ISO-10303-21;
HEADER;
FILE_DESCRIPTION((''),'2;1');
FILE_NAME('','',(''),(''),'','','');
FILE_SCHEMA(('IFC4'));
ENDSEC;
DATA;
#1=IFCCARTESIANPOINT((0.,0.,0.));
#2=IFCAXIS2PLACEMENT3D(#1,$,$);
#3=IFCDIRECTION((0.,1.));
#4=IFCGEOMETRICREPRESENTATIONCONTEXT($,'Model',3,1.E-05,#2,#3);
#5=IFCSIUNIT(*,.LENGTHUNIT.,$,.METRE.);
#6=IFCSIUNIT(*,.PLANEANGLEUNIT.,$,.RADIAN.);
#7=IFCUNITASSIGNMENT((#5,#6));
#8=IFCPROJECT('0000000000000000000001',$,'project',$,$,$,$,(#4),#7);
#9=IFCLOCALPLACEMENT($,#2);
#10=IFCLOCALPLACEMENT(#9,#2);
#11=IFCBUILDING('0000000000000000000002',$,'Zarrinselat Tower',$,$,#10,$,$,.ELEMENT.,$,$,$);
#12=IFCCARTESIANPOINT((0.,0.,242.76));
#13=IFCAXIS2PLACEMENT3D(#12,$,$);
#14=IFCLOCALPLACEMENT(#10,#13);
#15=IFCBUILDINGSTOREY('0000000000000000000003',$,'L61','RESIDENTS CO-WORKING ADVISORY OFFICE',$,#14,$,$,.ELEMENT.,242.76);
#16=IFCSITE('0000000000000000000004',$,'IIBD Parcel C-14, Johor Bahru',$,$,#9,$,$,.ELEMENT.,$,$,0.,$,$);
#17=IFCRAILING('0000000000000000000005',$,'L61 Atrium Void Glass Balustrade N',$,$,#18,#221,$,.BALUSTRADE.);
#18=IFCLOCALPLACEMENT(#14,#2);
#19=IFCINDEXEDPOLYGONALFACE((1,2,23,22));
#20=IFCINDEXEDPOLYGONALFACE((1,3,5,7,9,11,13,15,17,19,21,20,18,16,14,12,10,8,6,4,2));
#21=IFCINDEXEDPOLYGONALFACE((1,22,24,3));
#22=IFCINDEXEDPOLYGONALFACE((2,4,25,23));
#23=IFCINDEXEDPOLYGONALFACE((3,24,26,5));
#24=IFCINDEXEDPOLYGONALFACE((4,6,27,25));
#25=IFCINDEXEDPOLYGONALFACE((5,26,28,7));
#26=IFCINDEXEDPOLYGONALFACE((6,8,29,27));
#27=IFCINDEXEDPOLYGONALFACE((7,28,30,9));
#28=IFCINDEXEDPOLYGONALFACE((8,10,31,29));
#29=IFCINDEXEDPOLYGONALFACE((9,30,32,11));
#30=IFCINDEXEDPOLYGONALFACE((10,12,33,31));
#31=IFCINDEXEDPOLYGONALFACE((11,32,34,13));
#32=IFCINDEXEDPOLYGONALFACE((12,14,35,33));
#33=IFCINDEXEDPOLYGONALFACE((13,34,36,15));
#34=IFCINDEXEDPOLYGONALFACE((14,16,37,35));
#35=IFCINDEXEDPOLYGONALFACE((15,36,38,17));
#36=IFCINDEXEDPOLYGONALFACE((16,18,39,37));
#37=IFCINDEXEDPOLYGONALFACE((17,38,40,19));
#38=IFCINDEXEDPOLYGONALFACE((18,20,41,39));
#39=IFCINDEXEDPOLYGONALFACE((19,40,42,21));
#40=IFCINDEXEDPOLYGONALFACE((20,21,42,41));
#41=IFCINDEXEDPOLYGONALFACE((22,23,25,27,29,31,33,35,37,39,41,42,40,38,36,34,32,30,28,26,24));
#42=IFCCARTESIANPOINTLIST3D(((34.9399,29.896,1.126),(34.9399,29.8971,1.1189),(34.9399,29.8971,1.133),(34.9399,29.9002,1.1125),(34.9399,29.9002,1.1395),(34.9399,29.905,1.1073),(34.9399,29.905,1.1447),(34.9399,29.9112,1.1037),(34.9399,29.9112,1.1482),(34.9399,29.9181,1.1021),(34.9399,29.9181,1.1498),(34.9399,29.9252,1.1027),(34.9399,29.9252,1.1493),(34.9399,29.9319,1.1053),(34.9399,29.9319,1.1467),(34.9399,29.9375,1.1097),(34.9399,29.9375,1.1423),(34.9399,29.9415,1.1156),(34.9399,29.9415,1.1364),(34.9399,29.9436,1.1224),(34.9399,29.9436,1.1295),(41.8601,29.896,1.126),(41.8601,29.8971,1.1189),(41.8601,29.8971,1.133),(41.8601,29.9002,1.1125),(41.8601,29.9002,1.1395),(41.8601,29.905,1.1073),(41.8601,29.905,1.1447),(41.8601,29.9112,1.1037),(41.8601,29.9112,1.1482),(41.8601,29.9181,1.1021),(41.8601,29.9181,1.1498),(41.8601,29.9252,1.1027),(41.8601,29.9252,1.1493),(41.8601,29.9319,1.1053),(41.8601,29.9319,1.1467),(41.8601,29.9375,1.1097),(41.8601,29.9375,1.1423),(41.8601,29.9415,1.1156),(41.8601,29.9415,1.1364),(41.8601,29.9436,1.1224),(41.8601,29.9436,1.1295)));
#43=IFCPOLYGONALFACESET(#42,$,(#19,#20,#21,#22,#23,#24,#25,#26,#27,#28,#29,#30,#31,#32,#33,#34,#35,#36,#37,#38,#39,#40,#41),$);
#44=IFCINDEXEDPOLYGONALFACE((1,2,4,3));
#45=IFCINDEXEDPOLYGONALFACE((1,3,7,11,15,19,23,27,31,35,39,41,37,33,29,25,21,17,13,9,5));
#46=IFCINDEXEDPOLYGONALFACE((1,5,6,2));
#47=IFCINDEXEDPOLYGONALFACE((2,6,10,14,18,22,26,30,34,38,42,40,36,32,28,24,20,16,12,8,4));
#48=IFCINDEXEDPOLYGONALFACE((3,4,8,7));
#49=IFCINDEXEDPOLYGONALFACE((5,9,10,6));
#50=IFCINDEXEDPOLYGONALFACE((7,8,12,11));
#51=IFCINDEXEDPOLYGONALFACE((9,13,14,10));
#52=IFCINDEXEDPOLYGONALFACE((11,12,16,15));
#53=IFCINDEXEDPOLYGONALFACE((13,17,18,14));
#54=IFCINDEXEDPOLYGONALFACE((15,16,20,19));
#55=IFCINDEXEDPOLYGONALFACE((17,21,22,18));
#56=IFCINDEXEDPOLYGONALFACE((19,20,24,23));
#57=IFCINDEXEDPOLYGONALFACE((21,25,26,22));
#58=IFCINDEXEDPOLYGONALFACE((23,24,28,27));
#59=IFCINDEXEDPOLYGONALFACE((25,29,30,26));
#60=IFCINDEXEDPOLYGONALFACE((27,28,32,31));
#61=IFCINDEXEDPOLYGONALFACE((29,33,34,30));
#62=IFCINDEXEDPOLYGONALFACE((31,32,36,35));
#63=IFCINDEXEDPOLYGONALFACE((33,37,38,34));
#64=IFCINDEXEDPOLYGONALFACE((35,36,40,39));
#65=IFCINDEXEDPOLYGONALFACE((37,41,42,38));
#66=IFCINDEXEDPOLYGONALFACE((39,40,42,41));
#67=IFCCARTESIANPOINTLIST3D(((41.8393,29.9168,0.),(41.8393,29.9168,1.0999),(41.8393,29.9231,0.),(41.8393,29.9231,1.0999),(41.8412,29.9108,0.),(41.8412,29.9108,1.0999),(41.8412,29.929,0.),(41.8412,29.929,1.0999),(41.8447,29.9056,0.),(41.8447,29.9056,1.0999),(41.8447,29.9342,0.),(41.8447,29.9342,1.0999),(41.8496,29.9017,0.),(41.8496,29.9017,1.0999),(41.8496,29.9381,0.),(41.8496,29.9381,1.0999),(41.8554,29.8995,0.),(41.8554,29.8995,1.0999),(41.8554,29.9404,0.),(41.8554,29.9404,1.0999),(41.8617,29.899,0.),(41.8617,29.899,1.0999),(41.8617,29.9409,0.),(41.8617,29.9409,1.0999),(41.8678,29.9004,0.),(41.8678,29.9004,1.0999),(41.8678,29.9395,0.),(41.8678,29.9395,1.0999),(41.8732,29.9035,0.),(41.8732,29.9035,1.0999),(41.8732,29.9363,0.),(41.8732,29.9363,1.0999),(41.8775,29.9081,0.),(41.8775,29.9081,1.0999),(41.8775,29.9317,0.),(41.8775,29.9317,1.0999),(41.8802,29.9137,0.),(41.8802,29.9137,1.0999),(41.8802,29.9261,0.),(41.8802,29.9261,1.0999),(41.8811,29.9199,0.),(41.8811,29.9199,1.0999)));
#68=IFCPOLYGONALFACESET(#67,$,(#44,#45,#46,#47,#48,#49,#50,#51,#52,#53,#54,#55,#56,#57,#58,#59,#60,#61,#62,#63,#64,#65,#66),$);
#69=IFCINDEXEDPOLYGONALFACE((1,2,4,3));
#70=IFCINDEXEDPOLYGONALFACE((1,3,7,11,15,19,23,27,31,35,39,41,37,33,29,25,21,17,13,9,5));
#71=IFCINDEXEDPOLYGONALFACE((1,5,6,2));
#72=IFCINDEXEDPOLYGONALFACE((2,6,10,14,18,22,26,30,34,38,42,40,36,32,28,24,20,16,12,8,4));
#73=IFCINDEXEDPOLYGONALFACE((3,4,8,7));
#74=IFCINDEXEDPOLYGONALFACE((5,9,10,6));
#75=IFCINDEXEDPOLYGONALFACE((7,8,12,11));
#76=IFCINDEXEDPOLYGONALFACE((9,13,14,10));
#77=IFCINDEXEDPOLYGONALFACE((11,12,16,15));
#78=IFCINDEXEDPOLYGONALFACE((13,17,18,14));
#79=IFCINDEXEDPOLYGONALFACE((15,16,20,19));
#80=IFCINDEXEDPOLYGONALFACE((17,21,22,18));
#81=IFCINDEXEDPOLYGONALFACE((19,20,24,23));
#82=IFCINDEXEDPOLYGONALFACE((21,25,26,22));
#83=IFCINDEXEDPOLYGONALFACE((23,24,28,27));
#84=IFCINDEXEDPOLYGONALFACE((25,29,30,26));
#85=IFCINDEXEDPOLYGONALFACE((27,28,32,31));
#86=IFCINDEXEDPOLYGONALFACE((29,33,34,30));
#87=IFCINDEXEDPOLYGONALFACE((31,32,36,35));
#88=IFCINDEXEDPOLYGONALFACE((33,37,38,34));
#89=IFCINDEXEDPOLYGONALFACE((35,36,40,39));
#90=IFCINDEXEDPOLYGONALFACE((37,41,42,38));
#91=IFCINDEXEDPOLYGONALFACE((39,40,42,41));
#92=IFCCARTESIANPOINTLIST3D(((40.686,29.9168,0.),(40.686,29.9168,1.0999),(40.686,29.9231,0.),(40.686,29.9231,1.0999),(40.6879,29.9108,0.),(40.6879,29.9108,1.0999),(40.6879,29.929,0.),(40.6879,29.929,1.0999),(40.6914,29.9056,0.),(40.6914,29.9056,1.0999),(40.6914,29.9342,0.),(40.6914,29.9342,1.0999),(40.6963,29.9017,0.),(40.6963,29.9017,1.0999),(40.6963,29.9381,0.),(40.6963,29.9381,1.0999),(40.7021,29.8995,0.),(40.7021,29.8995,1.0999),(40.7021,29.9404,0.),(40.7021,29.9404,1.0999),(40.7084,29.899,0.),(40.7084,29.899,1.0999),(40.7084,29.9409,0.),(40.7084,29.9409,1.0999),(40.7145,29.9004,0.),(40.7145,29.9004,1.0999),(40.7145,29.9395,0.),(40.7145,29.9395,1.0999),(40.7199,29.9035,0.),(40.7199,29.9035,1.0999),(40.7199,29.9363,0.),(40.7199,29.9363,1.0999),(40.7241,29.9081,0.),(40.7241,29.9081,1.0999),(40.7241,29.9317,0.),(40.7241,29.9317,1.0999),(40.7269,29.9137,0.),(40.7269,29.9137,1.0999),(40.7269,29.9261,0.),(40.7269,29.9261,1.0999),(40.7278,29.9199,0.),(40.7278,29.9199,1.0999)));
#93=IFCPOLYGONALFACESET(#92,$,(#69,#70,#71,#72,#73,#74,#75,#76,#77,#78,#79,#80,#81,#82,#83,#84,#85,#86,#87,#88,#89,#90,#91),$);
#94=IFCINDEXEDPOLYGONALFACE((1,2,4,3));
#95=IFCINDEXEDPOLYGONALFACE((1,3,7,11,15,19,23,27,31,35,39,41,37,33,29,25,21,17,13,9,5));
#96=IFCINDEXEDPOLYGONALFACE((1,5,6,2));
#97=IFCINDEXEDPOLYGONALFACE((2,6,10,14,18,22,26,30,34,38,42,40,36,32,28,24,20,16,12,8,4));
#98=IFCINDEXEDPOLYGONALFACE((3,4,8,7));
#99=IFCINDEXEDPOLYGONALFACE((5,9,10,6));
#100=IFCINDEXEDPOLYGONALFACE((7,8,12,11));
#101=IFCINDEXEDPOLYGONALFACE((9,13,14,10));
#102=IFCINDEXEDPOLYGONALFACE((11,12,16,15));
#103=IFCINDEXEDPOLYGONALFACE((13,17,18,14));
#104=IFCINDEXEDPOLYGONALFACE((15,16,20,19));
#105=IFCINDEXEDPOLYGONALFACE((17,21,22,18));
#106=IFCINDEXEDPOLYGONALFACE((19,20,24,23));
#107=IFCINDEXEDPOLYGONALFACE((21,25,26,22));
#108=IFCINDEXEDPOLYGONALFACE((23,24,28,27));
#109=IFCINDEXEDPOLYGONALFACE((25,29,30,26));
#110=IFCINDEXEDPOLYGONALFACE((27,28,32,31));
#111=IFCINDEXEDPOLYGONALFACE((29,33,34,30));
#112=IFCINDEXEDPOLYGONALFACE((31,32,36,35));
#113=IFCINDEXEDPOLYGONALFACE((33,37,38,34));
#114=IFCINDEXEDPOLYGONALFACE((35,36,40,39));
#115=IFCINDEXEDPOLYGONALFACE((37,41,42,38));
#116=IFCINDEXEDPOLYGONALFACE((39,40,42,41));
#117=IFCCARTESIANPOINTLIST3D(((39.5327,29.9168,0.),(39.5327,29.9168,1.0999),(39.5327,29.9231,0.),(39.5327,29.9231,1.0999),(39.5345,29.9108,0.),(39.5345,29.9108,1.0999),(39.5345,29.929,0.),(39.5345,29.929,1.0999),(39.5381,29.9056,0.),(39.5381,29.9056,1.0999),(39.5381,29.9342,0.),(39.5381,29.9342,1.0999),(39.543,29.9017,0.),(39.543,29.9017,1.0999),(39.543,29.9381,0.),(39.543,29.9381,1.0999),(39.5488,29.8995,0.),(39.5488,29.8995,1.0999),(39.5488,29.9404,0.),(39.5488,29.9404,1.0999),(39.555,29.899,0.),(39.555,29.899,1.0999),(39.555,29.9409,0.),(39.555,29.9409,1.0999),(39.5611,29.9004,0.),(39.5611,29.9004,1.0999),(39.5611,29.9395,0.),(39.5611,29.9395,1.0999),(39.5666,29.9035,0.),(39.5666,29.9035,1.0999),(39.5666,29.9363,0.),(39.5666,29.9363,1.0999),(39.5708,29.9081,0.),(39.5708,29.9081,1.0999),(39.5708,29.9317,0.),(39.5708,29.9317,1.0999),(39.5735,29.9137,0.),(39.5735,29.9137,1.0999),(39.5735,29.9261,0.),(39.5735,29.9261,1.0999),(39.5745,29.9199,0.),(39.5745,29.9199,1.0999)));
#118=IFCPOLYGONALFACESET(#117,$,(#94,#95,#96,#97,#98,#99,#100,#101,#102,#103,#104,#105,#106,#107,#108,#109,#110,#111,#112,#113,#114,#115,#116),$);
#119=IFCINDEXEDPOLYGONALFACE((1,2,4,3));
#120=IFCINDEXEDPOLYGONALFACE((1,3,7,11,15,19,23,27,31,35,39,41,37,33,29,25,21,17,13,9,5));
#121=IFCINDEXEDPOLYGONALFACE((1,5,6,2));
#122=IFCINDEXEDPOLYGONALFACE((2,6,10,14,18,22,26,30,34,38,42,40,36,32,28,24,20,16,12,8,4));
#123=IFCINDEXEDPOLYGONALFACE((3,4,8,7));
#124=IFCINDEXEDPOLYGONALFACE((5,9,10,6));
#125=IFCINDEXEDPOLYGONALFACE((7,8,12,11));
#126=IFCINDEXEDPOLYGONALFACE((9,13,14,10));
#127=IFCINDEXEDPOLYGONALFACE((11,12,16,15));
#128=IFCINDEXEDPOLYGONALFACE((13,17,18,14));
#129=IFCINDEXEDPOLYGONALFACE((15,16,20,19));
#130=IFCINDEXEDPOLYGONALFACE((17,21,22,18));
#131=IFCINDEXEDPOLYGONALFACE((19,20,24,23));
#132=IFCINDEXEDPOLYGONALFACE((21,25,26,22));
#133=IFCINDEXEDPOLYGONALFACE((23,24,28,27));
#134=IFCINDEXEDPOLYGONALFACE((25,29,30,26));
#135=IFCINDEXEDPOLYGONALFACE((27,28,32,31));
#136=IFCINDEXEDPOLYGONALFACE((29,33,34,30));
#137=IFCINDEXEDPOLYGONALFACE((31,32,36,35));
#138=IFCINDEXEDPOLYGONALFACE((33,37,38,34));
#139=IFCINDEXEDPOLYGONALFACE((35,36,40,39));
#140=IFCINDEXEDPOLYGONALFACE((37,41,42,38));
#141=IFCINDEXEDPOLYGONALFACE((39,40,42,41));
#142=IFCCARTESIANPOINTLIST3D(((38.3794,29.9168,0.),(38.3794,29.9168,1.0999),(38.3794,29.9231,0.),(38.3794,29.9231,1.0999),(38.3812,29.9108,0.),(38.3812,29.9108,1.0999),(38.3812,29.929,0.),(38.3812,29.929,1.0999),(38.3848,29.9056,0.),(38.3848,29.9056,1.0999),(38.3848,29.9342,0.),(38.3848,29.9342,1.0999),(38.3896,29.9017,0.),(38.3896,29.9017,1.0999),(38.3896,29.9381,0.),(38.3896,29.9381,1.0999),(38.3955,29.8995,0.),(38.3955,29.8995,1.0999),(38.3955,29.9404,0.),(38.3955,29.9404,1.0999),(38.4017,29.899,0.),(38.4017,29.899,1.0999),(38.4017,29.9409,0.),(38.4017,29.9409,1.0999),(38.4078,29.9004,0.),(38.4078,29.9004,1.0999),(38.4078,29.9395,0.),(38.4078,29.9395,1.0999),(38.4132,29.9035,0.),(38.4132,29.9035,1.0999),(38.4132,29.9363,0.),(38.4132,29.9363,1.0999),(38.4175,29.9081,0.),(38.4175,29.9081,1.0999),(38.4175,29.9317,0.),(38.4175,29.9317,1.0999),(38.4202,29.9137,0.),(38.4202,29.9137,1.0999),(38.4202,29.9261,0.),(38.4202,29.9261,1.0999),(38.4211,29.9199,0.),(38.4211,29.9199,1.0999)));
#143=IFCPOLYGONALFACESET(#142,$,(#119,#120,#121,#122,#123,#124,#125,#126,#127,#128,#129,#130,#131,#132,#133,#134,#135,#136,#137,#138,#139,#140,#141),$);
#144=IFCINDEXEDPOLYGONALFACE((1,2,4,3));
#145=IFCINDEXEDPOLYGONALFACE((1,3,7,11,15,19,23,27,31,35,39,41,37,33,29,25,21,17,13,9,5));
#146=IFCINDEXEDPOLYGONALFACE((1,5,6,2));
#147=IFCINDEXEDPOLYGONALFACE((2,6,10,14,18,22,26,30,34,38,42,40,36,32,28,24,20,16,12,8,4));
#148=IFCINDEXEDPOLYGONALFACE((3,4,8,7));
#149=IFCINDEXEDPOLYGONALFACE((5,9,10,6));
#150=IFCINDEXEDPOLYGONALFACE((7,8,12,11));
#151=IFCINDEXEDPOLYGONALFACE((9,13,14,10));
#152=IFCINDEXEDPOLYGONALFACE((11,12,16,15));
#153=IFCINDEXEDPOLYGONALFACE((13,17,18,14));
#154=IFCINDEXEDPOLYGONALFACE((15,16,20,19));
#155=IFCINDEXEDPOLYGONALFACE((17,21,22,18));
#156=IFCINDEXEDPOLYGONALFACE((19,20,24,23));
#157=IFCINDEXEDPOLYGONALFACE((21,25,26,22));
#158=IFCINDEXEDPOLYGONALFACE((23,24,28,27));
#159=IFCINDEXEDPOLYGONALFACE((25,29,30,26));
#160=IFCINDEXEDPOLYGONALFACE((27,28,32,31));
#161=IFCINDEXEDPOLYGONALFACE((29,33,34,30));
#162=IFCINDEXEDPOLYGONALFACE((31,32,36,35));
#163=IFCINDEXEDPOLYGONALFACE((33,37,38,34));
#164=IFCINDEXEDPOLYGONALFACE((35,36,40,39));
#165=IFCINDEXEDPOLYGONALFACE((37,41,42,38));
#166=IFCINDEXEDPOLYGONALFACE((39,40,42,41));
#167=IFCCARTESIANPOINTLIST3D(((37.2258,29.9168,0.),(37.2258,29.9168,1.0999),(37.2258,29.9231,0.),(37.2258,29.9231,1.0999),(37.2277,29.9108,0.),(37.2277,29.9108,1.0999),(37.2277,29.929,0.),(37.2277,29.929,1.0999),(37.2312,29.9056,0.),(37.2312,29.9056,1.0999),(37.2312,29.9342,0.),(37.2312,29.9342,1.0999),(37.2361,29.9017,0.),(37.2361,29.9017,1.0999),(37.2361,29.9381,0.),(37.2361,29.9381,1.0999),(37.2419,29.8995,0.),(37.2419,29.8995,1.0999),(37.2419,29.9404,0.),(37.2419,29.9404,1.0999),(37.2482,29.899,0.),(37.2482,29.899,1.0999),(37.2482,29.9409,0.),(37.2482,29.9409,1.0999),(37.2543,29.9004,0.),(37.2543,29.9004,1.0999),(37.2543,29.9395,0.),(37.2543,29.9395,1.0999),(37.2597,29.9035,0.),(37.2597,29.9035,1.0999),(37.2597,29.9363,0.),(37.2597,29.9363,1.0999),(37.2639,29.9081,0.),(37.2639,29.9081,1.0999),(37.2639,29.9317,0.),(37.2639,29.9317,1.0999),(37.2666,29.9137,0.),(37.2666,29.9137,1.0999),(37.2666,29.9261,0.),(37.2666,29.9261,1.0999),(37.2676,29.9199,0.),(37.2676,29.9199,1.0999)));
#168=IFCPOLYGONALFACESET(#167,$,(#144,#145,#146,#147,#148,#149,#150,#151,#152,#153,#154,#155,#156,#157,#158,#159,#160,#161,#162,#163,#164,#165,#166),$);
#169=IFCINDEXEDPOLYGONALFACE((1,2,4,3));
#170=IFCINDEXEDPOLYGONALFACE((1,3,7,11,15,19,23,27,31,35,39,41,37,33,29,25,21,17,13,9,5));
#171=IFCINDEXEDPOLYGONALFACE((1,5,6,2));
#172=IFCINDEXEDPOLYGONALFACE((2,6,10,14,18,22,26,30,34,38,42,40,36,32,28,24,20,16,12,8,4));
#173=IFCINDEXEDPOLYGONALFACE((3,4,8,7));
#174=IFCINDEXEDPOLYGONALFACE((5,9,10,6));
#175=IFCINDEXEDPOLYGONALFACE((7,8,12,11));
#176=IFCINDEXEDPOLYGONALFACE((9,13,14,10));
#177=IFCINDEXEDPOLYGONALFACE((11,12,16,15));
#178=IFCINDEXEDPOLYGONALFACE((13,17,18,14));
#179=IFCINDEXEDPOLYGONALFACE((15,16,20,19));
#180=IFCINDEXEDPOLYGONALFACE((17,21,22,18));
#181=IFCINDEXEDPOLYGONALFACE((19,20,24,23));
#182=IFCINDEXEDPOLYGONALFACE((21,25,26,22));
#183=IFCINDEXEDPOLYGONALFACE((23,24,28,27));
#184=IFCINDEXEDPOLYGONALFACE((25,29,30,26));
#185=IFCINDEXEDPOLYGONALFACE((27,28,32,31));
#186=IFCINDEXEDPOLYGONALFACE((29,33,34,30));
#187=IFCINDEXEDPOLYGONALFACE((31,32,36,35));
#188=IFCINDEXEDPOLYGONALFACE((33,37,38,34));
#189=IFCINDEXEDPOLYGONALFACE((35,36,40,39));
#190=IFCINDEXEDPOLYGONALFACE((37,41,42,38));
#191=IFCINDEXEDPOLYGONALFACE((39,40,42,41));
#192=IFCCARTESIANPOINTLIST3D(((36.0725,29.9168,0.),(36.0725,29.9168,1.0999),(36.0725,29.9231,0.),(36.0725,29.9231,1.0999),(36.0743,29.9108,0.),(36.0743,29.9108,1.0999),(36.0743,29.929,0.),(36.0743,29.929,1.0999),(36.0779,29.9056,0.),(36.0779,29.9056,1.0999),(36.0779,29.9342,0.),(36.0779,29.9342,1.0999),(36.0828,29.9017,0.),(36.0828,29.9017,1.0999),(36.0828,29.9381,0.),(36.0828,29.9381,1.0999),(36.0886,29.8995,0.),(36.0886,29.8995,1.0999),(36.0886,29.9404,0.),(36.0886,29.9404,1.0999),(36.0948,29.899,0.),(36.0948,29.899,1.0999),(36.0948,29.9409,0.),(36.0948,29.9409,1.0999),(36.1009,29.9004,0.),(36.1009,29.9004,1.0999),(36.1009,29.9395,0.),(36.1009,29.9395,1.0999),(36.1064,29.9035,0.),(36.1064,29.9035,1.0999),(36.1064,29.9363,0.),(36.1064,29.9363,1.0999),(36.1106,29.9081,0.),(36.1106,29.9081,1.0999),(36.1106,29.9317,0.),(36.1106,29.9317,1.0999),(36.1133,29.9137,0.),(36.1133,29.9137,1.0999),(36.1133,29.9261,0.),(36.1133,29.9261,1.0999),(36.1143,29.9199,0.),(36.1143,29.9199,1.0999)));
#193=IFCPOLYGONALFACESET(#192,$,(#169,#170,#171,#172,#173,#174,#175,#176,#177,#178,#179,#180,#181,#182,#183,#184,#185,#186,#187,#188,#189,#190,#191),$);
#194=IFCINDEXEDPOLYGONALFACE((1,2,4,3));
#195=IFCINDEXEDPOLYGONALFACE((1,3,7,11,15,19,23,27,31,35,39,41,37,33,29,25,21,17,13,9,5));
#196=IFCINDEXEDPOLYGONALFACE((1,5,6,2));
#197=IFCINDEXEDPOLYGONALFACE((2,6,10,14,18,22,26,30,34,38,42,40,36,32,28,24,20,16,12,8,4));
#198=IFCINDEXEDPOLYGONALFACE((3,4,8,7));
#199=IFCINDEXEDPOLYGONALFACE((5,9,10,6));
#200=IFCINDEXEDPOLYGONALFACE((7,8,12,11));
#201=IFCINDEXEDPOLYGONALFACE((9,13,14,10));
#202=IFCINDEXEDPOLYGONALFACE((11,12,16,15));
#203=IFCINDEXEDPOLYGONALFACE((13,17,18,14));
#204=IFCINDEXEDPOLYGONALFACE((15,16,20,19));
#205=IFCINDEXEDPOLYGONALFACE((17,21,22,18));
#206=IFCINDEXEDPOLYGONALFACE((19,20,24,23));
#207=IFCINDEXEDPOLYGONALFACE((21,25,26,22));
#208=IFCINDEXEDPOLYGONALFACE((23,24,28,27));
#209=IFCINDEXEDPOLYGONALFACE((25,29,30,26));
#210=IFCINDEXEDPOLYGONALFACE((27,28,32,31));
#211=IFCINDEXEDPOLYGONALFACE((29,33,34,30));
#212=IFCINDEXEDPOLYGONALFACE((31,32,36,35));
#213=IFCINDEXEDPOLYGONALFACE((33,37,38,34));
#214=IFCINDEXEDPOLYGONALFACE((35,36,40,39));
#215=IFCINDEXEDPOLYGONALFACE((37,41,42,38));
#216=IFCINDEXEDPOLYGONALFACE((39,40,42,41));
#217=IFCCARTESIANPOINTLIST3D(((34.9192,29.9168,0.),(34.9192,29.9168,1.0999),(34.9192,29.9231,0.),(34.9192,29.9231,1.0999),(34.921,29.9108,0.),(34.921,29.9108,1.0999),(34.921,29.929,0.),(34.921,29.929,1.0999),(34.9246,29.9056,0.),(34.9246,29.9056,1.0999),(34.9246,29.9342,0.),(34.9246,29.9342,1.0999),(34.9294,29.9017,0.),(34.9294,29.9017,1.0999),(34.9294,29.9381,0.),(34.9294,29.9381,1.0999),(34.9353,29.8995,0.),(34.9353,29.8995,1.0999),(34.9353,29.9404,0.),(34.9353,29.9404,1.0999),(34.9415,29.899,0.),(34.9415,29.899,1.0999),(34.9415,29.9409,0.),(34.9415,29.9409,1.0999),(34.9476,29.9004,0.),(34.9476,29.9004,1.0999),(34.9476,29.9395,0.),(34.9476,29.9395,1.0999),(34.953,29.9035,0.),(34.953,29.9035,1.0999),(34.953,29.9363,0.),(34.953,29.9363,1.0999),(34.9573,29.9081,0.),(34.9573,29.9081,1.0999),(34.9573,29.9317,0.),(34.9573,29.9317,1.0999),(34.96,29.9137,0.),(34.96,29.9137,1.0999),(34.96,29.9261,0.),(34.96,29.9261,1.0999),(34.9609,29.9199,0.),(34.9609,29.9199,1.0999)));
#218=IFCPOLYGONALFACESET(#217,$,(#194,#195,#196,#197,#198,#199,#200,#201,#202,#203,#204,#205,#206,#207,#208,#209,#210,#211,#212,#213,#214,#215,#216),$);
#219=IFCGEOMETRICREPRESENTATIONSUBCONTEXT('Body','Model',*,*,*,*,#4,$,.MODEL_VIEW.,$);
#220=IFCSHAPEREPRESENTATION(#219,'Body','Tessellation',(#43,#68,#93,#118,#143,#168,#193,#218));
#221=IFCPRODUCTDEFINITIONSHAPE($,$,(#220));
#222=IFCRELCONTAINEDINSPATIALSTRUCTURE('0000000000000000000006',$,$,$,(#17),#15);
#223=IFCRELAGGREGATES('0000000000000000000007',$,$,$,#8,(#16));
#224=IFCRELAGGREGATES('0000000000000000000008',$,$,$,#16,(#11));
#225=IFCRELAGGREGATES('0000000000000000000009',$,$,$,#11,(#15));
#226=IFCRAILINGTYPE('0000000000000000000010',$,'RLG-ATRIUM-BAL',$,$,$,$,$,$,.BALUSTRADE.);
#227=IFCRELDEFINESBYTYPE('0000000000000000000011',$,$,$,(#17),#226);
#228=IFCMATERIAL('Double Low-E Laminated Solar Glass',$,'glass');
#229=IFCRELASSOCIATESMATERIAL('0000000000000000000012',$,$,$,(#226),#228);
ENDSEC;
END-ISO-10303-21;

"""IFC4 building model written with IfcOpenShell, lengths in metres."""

from ifc_helpers import new_model, si_unit, direction, frame, origin, origin_2d, place, context, subcontext, project, spatial, circle, extrude, material, type_object, element, save


model = new_model("IFC4")

# Units and contexts
model_context = context("Model", 3, precision=1e-05, world=origin(), true_north=direction((0.0, 1.0)))
body_context = subcontext(model_context, "Body", "Model", "MODEL_VIEW")
ifc_project = project(units=[si_unit("LENGTHUNIT", "METRE"), si_unit("PLANEANGLEUNIT", "RADIAN")], contexts=[model_context])

# Site, building, storey
site_placement = place(None, origin())
site = spatial("IfcSite", under=ifc_project, at=site_placement, Name="IIBD Parcel C-14, Johor Bahru", CompositionType="ELEMENT", RefElevation=0.0)
building_placement = place(site_placement, origin())
building = spatial("IfcBuilding", under=site, at=building_placement, Name="Zarrinselat Tower", CompositionType="ELEMENT")
storey_placement = place(building_placement, frame((0.0, 0.0, 242.76)))
storey = spatial("IfcBuildingStorey", under=building, at=storey_placement, Name="L61", Description="RESIDENTS CO-WORKING ADVISORY OFFICE", CompositionType="ELEMENT", Elevation=242.76)

# Railing
ifc_material_1 = material(Name="Double Low-E Laminated Solar Glass", Category="glass")
railing_type = type_object("IfcRailingType", Name="RLG-ATRIUM-BAL", PredefinedType="BALUSTRADE", material=ifc_material_1)
railing_1_placement = place(storey_placement, frame((41.8601, 29.9199, 0.0)))
element("IfcRailing", 1, at=railing_1_placement, inside=storey, type_object=railing_type, Name="L61 Atrium Void Glass Balustrade N", PredefinedType="BALUSTRADE", context=body_context, shape_type="SweptSolid", body=[
    extrude(circle(Radius=0.0239, at=origin_2d()), frame((0.0, 0.0, 1.126), z_axis=(-1.0, 0.0, 0.0), x_axis=(0.0, -1.0, 0.0)), (0.0, 0.0, 1.0), 6.9202),
    extrude(circle(Radius=0.021, at=origin_2d()), origin(), (0.0, 0.0, 1.0), 1.0999),
    extrude(circle(Radius=0.021, at=origin_2d()), frame((-1.1533, 0.0, 0.0)), (0.0, 0.0, 1.0), 1.0999),
    extrude(circle(Radius=0.021, at=origin_2d()), frame((-2.3066, 0.0, 0.0)), (0.0, 0.0, 1.0), 1.0999),
    extrude(circle(Radius=0.021, at=origin_2d()), frame((-3.46, 0.0, 0.0)), (0.0, 0.0, 1.0), 1.0999),
    extrude(circle(Radius=0.021, at=origin_2d()), frame((-4.6135, 0.0, 0.0)), (0.0, 0.0, 1.0), 1.0999),
    extrude(circle(Radius=0.021, at=origin_2d()), frame((-5.7668, 0.0, 0.0)), (0.0, 0.0, 1.0), 1.0999),
    extrude(circle(Radius=0.021, at=origin_2d()), frame((-6.9202, 0.0, 0.0)), (0.0, 0.0, 1.0), 1.0999),
])

save(model, "model.ifc")
